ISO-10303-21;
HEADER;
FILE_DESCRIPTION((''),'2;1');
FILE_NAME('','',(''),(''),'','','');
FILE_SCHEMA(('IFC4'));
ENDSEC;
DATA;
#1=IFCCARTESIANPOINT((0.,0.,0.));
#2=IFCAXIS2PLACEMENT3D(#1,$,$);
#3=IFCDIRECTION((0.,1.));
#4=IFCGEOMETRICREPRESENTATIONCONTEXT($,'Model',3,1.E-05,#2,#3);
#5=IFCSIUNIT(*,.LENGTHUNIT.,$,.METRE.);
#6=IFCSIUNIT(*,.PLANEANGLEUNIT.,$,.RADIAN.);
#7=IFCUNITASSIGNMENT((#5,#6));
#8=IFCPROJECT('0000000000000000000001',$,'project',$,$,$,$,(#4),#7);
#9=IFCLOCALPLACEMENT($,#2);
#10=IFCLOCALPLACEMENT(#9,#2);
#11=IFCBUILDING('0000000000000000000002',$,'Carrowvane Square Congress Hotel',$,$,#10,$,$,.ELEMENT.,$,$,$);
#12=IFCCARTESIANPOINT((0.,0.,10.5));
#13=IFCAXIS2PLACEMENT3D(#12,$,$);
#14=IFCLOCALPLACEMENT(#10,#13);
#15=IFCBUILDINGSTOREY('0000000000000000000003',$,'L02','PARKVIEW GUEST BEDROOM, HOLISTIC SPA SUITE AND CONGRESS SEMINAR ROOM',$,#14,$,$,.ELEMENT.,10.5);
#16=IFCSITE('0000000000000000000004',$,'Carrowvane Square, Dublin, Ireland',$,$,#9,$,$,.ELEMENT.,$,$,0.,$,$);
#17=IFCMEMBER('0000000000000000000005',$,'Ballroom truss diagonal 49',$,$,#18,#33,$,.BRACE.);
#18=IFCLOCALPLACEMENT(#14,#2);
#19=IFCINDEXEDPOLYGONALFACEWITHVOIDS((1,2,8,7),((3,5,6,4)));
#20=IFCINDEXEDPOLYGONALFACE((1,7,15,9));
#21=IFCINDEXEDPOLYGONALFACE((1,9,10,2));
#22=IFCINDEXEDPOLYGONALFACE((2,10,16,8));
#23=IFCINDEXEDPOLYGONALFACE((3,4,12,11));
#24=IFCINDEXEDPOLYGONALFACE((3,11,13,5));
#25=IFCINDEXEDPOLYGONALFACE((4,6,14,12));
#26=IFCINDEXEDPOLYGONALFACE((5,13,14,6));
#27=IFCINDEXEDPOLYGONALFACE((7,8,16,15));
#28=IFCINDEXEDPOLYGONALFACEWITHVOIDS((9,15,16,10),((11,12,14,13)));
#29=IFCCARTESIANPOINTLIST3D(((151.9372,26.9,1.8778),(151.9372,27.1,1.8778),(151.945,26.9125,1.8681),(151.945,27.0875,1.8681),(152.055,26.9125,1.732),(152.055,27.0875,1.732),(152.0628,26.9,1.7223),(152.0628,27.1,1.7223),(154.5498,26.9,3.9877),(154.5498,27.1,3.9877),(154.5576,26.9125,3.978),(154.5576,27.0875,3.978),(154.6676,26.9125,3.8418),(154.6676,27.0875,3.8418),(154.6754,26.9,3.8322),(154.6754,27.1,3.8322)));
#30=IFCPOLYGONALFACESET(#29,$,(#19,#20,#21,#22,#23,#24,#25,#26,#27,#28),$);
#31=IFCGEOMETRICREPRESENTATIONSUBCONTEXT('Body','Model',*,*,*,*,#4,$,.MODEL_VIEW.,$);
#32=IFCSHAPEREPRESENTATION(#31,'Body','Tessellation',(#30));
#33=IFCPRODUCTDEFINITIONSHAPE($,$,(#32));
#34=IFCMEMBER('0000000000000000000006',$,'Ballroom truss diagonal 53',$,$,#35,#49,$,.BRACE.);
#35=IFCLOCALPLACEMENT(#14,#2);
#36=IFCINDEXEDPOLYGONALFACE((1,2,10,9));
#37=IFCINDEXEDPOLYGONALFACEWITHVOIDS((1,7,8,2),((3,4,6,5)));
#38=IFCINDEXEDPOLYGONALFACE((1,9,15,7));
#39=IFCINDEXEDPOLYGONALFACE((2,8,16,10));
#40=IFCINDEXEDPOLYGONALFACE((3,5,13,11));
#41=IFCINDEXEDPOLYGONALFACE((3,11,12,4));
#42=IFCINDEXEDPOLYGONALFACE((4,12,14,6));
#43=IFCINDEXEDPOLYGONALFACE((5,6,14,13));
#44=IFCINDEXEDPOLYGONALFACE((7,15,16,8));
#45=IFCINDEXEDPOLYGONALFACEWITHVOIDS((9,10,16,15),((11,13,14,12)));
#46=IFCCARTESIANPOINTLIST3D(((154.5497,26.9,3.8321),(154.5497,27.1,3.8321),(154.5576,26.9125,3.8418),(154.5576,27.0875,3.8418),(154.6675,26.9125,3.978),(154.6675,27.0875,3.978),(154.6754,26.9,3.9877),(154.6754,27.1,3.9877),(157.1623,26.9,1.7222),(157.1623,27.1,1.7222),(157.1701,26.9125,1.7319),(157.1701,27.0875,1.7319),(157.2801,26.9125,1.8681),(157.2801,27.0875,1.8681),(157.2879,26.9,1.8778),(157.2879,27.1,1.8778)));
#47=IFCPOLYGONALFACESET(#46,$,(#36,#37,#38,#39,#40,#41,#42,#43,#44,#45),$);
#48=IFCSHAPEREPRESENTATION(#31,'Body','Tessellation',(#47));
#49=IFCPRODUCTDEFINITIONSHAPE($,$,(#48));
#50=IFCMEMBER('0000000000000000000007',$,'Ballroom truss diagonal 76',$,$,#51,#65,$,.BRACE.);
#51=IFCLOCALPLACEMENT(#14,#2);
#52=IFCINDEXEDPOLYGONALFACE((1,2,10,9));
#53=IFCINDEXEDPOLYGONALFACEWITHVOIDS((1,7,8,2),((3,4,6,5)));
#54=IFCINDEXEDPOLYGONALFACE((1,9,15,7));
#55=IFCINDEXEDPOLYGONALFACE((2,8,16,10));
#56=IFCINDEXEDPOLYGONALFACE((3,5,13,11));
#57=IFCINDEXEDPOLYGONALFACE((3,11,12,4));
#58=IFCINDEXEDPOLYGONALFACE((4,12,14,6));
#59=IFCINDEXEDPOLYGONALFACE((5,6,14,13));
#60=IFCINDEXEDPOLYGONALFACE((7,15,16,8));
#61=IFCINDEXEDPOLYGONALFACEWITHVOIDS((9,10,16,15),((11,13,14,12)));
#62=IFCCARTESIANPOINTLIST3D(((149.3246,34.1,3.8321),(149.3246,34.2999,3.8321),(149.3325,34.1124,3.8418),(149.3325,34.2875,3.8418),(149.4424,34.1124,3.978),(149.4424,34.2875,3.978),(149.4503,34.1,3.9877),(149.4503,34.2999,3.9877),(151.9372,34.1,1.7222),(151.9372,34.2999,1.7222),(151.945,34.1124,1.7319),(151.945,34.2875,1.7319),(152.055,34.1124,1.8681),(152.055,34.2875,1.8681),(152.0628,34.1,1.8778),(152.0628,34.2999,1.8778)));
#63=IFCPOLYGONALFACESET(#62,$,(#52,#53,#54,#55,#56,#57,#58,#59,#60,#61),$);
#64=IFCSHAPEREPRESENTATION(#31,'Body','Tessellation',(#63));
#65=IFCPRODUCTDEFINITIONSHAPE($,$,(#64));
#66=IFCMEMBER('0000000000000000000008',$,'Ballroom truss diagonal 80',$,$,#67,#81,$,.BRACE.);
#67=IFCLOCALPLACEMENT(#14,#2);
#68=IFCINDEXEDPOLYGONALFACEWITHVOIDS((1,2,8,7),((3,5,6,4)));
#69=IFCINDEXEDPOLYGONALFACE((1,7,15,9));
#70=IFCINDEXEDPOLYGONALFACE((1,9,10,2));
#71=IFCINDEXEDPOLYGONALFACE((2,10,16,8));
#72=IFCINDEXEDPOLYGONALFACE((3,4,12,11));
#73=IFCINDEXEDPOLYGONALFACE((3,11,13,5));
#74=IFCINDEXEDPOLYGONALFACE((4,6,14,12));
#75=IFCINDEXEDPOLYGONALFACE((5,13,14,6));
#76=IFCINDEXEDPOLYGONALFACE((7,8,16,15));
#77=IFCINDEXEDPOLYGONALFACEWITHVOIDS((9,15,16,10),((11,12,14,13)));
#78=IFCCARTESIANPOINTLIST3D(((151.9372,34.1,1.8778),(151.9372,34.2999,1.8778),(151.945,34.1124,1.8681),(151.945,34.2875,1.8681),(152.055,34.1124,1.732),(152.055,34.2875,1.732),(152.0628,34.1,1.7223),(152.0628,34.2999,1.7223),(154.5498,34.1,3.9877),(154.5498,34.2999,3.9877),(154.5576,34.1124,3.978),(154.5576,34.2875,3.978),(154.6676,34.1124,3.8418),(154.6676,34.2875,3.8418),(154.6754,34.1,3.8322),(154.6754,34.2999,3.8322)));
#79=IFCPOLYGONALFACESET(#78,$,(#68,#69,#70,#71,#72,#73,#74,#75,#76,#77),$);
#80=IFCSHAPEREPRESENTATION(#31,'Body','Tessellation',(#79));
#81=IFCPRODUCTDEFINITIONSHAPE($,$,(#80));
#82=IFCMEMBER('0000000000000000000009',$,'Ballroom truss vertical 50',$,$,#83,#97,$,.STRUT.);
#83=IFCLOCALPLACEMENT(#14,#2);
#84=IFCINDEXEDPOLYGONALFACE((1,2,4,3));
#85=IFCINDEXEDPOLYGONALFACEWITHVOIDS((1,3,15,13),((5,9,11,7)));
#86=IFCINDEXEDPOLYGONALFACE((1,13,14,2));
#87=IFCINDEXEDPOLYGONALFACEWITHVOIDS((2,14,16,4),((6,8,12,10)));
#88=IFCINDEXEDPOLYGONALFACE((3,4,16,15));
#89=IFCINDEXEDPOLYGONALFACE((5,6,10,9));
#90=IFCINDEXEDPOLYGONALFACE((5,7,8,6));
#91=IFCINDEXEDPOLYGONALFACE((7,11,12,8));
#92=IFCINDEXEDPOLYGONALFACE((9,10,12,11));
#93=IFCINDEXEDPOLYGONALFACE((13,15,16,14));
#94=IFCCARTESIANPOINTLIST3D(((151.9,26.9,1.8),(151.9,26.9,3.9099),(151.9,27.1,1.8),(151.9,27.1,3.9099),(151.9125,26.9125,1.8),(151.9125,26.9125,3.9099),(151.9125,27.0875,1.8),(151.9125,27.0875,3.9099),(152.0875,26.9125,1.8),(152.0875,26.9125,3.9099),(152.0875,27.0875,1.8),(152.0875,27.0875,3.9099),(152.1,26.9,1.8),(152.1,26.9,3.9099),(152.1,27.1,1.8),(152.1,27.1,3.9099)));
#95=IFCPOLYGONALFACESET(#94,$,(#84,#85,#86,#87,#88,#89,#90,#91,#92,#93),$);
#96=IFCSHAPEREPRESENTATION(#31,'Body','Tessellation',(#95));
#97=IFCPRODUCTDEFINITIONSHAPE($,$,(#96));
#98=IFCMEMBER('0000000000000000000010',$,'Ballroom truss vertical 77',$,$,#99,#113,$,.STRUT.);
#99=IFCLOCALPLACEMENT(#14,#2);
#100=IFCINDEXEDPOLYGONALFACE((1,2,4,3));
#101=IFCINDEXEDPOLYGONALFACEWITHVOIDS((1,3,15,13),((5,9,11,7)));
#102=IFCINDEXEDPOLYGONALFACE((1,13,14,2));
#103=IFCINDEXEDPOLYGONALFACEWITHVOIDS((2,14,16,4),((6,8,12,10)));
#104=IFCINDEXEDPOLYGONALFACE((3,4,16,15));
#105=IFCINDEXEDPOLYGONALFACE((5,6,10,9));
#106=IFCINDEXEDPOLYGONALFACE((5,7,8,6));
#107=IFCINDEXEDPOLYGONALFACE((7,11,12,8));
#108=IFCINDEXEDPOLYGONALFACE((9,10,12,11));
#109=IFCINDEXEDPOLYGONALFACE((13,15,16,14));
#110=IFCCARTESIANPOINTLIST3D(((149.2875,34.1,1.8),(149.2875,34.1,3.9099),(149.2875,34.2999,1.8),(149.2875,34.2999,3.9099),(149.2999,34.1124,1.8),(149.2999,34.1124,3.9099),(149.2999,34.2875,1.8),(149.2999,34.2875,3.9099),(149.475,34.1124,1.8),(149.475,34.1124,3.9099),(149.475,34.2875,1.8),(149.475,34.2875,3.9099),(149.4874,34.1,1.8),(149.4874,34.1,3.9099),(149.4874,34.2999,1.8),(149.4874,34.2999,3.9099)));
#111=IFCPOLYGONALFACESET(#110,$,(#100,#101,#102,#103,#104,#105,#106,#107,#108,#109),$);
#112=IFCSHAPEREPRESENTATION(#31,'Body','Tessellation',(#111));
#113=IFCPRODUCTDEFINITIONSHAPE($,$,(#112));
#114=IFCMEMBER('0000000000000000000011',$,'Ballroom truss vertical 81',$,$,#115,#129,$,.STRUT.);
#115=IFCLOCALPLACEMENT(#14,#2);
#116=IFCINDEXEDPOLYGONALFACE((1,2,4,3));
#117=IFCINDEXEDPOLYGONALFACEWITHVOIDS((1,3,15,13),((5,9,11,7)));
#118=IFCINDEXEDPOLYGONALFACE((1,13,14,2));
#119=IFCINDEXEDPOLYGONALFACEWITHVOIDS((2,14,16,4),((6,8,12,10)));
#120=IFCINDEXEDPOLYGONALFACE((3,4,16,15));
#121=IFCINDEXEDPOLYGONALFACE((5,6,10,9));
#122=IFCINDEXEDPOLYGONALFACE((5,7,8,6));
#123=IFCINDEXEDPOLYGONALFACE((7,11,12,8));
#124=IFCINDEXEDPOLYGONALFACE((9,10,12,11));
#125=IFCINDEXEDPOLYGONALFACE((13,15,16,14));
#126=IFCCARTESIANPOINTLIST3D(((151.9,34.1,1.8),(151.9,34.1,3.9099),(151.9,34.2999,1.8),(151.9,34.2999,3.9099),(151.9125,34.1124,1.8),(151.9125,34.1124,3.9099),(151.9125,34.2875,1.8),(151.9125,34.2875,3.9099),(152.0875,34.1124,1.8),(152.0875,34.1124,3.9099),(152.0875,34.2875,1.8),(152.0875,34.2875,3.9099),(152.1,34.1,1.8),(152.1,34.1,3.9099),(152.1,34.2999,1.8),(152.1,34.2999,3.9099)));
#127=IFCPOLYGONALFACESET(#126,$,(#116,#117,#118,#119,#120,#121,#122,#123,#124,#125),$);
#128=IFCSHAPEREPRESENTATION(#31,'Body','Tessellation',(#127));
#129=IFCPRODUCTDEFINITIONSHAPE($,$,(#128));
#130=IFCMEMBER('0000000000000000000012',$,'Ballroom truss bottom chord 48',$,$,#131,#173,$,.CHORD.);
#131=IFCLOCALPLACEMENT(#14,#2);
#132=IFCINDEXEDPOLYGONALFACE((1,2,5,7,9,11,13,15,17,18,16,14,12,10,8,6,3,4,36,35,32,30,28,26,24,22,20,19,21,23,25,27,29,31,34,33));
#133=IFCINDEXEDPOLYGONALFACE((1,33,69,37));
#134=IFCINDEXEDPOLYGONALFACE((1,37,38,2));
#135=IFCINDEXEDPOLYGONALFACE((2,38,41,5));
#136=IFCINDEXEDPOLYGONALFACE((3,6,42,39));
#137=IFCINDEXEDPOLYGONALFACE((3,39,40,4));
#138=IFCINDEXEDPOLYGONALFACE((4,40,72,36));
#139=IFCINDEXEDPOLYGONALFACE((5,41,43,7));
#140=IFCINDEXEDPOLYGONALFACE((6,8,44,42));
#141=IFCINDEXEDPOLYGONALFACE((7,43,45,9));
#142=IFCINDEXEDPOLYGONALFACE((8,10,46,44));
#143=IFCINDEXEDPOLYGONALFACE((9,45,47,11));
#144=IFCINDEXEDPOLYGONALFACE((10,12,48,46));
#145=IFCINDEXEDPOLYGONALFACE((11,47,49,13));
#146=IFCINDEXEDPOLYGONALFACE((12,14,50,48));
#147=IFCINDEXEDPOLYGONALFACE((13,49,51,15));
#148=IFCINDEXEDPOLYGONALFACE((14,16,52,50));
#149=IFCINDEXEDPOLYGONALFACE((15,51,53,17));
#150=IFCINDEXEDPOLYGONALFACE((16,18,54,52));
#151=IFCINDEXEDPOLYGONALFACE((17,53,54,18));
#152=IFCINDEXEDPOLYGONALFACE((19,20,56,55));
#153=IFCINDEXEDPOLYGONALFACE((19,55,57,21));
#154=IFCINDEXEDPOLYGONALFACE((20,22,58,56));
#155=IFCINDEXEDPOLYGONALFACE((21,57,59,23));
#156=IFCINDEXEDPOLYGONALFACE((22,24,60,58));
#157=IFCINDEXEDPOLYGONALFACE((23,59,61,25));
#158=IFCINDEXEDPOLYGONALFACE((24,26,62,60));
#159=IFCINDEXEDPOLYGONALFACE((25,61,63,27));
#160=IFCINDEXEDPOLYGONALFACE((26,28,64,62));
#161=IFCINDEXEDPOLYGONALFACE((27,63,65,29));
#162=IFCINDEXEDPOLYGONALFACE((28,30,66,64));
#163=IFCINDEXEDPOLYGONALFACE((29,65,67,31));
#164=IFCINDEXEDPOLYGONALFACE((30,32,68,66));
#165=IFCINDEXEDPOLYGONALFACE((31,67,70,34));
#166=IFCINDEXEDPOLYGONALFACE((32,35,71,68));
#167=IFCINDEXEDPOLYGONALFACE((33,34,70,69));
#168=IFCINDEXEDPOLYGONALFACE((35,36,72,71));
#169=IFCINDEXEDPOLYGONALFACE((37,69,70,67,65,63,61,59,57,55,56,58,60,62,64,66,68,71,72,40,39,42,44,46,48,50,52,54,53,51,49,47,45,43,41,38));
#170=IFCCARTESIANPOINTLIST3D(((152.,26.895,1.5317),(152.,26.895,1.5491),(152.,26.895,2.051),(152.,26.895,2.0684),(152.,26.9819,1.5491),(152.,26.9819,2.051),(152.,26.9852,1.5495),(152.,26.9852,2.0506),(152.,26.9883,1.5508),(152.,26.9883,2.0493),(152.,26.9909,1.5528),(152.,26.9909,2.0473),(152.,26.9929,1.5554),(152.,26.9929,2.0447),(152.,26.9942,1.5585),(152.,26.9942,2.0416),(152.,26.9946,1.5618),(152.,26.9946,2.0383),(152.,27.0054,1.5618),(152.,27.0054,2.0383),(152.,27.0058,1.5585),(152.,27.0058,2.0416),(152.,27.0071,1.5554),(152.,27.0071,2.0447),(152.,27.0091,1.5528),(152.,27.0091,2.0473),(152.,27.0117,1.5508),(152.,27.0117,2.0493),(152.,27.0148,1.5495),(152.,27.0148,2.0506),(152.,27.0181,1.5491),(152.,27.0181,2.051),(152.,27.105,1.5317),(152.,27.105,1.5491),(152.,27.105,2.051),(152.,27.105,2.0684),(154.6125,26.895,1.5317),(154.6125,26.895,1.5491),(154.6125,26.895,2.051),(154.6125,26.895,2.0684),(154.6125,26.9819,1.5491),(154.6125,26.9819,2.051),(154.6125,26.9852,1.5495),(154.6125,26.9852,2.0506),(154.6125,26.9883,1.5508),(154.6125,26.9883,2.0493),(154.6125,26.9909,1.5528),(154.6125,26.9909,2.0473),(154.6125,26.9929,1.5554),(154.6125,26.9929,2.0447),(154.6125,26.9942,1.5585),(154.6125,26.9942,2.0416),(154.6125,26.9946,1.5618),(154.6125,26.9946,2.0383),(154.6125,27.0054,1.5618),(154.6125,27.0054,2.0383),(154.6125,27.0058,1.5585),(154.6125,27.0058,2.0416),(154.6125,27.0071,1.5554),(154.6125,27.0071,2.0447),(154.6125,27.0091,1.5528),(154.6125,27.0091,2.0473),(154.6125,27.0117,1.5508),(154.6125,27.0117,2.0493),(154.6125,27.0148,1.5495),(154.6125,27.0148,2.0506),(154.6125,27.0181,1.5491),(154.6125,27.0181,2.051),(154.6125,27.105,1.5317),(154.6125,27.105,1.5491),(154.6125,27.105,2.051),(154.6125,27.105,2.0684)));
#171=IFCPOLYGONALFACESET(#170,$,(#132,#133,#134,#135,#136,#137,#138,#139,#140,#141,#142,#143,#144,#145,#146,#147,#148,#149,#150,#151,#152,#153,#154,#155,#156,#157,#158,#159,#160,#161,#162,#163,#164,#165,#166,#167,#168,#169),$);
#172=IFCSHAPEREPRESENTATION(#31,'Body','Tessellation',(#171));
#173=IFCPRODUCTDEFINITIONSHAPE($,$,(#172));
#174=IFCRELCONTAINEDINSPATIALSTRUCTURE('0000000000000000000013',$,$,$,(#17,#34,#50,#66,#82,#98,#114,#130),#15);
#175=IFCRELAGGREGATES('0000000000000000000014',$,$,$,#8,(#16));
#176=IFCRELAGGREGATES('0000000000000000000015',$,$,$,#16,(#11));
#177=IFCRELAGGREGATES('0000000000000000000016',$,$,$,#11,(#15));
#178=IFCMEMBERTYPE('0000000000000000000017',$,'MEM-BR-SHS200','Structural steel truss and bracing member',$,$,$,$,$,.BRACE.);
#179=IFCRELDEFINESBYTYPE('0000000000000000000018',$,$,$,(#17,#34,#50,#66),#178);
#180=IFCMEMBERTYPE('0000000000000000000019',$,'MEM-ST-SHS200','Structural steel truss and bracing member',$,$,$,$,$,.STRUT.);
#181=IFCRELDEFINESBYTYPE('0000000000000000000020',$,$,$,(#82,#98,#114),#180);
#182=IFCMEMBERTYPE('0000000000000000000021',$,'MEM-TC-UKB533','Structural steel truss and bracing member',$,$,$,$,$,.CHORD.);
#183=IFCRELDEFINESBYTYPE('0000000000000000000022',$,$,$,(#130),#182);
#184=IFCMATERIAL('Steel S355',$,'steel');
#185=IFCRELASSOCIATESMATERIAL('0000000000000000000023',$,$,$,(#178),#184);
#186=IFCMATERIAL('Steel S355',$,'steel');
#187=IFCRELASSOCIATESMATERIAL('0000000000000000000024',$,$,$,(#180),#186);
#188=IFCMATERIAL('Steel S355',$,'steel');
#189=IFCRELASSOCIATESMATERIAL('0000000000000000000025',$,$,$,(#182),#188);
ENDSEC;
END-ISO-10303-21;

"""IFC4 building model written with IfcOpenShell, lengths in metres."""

from ifc_helpers import new_model, si_unit, direction, frame, origin, origin_2d, place, context, subcontext, project, spatial, hollow_rectangle, i_section, extrude, material, material_profile, profile_set, type_object, element, save


model = new_model("IFC4")

# Units and contexts
model_context = context("Model", 3, precision=1e-05, world=origin(), true_north=direction((0.0, 1.0)))
body_context = subcontext(model_context, "Body", "Model", "MODEL_VIEW")
ifc_project = project(units=[si_unit("LENGTHUNIT", "METRE"), si_unit("PLANEANGLEUNIT", "RADIAN")], contexts=[model_context])

# Site, building, storey
site_placement = place(None, origin())
site = spatial("IfcSite", under=ifc_project, at=site_placement, Name="Carrowvane Square, Dublin, Ireland", CompositionType="ELEMENT", RefElevation=0.0)
building_placement = place(site_placement, origin())
building = spatial("IfcBuilding", under=site, at=building_placement, Name="Carrowvane Square Congress Hotel", CompositionType="ELEMENT")
storey_placement = place(building_placement, frame((0.0, 0.0, 10.5)))
storey = spatial("IfcBuildingStorey", under=building, at=storey_placement, Name="L02", Description="PARKVIEW GUEST BEDROOM, HOLISTIC SPA SUITE AND CONGRESS SEMINAR ROOM", CompositionType="ELEMENT", Elevation=10.5)

# Members
ifc_material_1 = material(Name="Steel S355", Category="steel")
ifc_material_profile_1 = material_profile(ifc_material_1, hollow_rectangle(XDim=0.2, YDim=0.2, WallThickness=0.0125, at=origin_2d()), Name="SHS 200x200x12.5")
ifc_profile_set_1 = profile_set([ifc_material_profile_1], Name="Steel S355")
member_type_1 = type_object("IfcMemberType", Name="MEM-BR-SHS200", Description="Structural steel truss and bracing member", PredefinedType="BRACE", material=ifc_profile_set_1)
for number, where, z_axis, x_axis, name in (
    (1, (152.0, 27.0, 1.8), (0.777981, 0.0, 0.628288), (0.0, 1.0, 0.0), "Ballroom truss diagonal 49"),
    (2, (154.6125, 27.0, 3.9099), (0.777981, 0.0, -0.628288), (0.0, 1.0, 0.0), "Ballroom truss diagonal 53"),
    (3, (149.3875, 34.2, 3.9099), (0.777981, 0.0, -0.628288), (0.0, 1.0, 0.0), "Ballroom truss diagonal 76"),
    (4, (152.0, 34.2, 1.8), (0.777981, 0.0, 0.628288), (0.0, 1.0, 0.0), "Ballroom truss diagonal 80"),
):
    element("IfcMember", number, at=place(storey_placement, frame(where, z_axis=z_axis, x_axis=x_axis)), inside=storey, type_object=member_type_1, Name=name, PredefinedType="BRACE", context=body_context, shape_type="SweptSolid", body=[
        extrude(hollow_rectangle(XDim=0.2, YDim=0.2, WallThickness=0.0125, at=origin_2d()), origin(), (0.0, 0.0, 1.0), 3.3582),
    ])
ifc_material_2 = material(Name="Steel S355", Category="steel")
ifc_material_profile_2 = material_profile(ifc_material_2, hollow_rectangle(XDim=0.2, YDim=0.2, WallThickness=0.0125, at=origin_2d()), Name="SHS 200x200x12.5")
ifc_profile_set_2 = profile_set([ifc_material_profile_2], Name="Steel S355")
member_type_2 = type_object("IfcMemberType", Name="MEM-ST-SHS200", Description="Structural steel truss and bracing member", PredefinedType="STRUT", material=ifc_profile_set_2)
for number, where, z_axis, x_axis, name in (
    (5, (152.0, 27.0, 1.8), (0.0, 0.0, 1.0), (1.0, 0.0, 0.0), "Ballroom truss vertical 50"),
    (6, (149.3875, 34.2, 1.8), (0.0, 0.0, 1.0), (1.0, 0.0, 0.0), "Ballroom truss vertical 77"),
    (7, (152.0, 34.2, 1.8), (0.0, 0.0, 1.0), (1.0, 0.0, 0.0), "Ballroom truss vertical 81"),
):
    element("IfcMember", number, at=place(storey_placement, frame(where, z_axis=z_axis, x_axis=x_axis)), inside=storey, type_object=member_type_2, Name=name, PredefinedType="STRUT", context=body_context, shape_type="SweptSolid", body=[
        extrude(hollow_rectangle(XDim=0.2, YDim=0.2, WallThickness=0.0125, at=origin_2d()), origin(), (0.0, 0.0, 1.0), 2.1099),
    ])
ifc_material_3 = material(Name="Steel S355", Category="steel")
ifc_material_profile_3 = material_profile(ifc_material_3, i_section(OverallWidth=0.21, OverallDepth=0.5366, WebThickness=0.0107, FlangeThickness=0.0173, FilletRadius=0.0127, at=origin_2d()), Name="UKB 533x210x101")
ifc_profile_set_3 = profile_set([ifc_material_profile_3], Name="Steel S355")
member_type_3 = type_object("IfcMemberType", Name="MEM-TC-UKB533", Description="Structural steel truss and bracing member", PredefinedType="CHORD", material=ifc_profile_set_3)
for number, where, z_axis, x_axis, name in (
    (8, (152.0, 27.0, 1.8), (1.0, 0.0, 0.0), (0.0, 1.0, 0.0), "Ballroom truss bottom chord 48"),
):
    element("IfcMember", number, at=place(storey_placement, frame(where, z_axis=z_axis, x_axis=x_axis)), inside=storey, type_object=member_type_3, Name=name, PredefinedType="CHORD", context=body_context, shape_type="SweptSolid", body=[
        extrude(i_section(OverallWidth=0.21, OverallDepth=0.5366, WebThickness=0.0107, FlangeThickness=0.0173, FilletRadius=0.0127, at=origin_2d()), origin(), (0.0, 0.0, 1.0), 2.6125),
    ])

save(model, "model.ifc")
